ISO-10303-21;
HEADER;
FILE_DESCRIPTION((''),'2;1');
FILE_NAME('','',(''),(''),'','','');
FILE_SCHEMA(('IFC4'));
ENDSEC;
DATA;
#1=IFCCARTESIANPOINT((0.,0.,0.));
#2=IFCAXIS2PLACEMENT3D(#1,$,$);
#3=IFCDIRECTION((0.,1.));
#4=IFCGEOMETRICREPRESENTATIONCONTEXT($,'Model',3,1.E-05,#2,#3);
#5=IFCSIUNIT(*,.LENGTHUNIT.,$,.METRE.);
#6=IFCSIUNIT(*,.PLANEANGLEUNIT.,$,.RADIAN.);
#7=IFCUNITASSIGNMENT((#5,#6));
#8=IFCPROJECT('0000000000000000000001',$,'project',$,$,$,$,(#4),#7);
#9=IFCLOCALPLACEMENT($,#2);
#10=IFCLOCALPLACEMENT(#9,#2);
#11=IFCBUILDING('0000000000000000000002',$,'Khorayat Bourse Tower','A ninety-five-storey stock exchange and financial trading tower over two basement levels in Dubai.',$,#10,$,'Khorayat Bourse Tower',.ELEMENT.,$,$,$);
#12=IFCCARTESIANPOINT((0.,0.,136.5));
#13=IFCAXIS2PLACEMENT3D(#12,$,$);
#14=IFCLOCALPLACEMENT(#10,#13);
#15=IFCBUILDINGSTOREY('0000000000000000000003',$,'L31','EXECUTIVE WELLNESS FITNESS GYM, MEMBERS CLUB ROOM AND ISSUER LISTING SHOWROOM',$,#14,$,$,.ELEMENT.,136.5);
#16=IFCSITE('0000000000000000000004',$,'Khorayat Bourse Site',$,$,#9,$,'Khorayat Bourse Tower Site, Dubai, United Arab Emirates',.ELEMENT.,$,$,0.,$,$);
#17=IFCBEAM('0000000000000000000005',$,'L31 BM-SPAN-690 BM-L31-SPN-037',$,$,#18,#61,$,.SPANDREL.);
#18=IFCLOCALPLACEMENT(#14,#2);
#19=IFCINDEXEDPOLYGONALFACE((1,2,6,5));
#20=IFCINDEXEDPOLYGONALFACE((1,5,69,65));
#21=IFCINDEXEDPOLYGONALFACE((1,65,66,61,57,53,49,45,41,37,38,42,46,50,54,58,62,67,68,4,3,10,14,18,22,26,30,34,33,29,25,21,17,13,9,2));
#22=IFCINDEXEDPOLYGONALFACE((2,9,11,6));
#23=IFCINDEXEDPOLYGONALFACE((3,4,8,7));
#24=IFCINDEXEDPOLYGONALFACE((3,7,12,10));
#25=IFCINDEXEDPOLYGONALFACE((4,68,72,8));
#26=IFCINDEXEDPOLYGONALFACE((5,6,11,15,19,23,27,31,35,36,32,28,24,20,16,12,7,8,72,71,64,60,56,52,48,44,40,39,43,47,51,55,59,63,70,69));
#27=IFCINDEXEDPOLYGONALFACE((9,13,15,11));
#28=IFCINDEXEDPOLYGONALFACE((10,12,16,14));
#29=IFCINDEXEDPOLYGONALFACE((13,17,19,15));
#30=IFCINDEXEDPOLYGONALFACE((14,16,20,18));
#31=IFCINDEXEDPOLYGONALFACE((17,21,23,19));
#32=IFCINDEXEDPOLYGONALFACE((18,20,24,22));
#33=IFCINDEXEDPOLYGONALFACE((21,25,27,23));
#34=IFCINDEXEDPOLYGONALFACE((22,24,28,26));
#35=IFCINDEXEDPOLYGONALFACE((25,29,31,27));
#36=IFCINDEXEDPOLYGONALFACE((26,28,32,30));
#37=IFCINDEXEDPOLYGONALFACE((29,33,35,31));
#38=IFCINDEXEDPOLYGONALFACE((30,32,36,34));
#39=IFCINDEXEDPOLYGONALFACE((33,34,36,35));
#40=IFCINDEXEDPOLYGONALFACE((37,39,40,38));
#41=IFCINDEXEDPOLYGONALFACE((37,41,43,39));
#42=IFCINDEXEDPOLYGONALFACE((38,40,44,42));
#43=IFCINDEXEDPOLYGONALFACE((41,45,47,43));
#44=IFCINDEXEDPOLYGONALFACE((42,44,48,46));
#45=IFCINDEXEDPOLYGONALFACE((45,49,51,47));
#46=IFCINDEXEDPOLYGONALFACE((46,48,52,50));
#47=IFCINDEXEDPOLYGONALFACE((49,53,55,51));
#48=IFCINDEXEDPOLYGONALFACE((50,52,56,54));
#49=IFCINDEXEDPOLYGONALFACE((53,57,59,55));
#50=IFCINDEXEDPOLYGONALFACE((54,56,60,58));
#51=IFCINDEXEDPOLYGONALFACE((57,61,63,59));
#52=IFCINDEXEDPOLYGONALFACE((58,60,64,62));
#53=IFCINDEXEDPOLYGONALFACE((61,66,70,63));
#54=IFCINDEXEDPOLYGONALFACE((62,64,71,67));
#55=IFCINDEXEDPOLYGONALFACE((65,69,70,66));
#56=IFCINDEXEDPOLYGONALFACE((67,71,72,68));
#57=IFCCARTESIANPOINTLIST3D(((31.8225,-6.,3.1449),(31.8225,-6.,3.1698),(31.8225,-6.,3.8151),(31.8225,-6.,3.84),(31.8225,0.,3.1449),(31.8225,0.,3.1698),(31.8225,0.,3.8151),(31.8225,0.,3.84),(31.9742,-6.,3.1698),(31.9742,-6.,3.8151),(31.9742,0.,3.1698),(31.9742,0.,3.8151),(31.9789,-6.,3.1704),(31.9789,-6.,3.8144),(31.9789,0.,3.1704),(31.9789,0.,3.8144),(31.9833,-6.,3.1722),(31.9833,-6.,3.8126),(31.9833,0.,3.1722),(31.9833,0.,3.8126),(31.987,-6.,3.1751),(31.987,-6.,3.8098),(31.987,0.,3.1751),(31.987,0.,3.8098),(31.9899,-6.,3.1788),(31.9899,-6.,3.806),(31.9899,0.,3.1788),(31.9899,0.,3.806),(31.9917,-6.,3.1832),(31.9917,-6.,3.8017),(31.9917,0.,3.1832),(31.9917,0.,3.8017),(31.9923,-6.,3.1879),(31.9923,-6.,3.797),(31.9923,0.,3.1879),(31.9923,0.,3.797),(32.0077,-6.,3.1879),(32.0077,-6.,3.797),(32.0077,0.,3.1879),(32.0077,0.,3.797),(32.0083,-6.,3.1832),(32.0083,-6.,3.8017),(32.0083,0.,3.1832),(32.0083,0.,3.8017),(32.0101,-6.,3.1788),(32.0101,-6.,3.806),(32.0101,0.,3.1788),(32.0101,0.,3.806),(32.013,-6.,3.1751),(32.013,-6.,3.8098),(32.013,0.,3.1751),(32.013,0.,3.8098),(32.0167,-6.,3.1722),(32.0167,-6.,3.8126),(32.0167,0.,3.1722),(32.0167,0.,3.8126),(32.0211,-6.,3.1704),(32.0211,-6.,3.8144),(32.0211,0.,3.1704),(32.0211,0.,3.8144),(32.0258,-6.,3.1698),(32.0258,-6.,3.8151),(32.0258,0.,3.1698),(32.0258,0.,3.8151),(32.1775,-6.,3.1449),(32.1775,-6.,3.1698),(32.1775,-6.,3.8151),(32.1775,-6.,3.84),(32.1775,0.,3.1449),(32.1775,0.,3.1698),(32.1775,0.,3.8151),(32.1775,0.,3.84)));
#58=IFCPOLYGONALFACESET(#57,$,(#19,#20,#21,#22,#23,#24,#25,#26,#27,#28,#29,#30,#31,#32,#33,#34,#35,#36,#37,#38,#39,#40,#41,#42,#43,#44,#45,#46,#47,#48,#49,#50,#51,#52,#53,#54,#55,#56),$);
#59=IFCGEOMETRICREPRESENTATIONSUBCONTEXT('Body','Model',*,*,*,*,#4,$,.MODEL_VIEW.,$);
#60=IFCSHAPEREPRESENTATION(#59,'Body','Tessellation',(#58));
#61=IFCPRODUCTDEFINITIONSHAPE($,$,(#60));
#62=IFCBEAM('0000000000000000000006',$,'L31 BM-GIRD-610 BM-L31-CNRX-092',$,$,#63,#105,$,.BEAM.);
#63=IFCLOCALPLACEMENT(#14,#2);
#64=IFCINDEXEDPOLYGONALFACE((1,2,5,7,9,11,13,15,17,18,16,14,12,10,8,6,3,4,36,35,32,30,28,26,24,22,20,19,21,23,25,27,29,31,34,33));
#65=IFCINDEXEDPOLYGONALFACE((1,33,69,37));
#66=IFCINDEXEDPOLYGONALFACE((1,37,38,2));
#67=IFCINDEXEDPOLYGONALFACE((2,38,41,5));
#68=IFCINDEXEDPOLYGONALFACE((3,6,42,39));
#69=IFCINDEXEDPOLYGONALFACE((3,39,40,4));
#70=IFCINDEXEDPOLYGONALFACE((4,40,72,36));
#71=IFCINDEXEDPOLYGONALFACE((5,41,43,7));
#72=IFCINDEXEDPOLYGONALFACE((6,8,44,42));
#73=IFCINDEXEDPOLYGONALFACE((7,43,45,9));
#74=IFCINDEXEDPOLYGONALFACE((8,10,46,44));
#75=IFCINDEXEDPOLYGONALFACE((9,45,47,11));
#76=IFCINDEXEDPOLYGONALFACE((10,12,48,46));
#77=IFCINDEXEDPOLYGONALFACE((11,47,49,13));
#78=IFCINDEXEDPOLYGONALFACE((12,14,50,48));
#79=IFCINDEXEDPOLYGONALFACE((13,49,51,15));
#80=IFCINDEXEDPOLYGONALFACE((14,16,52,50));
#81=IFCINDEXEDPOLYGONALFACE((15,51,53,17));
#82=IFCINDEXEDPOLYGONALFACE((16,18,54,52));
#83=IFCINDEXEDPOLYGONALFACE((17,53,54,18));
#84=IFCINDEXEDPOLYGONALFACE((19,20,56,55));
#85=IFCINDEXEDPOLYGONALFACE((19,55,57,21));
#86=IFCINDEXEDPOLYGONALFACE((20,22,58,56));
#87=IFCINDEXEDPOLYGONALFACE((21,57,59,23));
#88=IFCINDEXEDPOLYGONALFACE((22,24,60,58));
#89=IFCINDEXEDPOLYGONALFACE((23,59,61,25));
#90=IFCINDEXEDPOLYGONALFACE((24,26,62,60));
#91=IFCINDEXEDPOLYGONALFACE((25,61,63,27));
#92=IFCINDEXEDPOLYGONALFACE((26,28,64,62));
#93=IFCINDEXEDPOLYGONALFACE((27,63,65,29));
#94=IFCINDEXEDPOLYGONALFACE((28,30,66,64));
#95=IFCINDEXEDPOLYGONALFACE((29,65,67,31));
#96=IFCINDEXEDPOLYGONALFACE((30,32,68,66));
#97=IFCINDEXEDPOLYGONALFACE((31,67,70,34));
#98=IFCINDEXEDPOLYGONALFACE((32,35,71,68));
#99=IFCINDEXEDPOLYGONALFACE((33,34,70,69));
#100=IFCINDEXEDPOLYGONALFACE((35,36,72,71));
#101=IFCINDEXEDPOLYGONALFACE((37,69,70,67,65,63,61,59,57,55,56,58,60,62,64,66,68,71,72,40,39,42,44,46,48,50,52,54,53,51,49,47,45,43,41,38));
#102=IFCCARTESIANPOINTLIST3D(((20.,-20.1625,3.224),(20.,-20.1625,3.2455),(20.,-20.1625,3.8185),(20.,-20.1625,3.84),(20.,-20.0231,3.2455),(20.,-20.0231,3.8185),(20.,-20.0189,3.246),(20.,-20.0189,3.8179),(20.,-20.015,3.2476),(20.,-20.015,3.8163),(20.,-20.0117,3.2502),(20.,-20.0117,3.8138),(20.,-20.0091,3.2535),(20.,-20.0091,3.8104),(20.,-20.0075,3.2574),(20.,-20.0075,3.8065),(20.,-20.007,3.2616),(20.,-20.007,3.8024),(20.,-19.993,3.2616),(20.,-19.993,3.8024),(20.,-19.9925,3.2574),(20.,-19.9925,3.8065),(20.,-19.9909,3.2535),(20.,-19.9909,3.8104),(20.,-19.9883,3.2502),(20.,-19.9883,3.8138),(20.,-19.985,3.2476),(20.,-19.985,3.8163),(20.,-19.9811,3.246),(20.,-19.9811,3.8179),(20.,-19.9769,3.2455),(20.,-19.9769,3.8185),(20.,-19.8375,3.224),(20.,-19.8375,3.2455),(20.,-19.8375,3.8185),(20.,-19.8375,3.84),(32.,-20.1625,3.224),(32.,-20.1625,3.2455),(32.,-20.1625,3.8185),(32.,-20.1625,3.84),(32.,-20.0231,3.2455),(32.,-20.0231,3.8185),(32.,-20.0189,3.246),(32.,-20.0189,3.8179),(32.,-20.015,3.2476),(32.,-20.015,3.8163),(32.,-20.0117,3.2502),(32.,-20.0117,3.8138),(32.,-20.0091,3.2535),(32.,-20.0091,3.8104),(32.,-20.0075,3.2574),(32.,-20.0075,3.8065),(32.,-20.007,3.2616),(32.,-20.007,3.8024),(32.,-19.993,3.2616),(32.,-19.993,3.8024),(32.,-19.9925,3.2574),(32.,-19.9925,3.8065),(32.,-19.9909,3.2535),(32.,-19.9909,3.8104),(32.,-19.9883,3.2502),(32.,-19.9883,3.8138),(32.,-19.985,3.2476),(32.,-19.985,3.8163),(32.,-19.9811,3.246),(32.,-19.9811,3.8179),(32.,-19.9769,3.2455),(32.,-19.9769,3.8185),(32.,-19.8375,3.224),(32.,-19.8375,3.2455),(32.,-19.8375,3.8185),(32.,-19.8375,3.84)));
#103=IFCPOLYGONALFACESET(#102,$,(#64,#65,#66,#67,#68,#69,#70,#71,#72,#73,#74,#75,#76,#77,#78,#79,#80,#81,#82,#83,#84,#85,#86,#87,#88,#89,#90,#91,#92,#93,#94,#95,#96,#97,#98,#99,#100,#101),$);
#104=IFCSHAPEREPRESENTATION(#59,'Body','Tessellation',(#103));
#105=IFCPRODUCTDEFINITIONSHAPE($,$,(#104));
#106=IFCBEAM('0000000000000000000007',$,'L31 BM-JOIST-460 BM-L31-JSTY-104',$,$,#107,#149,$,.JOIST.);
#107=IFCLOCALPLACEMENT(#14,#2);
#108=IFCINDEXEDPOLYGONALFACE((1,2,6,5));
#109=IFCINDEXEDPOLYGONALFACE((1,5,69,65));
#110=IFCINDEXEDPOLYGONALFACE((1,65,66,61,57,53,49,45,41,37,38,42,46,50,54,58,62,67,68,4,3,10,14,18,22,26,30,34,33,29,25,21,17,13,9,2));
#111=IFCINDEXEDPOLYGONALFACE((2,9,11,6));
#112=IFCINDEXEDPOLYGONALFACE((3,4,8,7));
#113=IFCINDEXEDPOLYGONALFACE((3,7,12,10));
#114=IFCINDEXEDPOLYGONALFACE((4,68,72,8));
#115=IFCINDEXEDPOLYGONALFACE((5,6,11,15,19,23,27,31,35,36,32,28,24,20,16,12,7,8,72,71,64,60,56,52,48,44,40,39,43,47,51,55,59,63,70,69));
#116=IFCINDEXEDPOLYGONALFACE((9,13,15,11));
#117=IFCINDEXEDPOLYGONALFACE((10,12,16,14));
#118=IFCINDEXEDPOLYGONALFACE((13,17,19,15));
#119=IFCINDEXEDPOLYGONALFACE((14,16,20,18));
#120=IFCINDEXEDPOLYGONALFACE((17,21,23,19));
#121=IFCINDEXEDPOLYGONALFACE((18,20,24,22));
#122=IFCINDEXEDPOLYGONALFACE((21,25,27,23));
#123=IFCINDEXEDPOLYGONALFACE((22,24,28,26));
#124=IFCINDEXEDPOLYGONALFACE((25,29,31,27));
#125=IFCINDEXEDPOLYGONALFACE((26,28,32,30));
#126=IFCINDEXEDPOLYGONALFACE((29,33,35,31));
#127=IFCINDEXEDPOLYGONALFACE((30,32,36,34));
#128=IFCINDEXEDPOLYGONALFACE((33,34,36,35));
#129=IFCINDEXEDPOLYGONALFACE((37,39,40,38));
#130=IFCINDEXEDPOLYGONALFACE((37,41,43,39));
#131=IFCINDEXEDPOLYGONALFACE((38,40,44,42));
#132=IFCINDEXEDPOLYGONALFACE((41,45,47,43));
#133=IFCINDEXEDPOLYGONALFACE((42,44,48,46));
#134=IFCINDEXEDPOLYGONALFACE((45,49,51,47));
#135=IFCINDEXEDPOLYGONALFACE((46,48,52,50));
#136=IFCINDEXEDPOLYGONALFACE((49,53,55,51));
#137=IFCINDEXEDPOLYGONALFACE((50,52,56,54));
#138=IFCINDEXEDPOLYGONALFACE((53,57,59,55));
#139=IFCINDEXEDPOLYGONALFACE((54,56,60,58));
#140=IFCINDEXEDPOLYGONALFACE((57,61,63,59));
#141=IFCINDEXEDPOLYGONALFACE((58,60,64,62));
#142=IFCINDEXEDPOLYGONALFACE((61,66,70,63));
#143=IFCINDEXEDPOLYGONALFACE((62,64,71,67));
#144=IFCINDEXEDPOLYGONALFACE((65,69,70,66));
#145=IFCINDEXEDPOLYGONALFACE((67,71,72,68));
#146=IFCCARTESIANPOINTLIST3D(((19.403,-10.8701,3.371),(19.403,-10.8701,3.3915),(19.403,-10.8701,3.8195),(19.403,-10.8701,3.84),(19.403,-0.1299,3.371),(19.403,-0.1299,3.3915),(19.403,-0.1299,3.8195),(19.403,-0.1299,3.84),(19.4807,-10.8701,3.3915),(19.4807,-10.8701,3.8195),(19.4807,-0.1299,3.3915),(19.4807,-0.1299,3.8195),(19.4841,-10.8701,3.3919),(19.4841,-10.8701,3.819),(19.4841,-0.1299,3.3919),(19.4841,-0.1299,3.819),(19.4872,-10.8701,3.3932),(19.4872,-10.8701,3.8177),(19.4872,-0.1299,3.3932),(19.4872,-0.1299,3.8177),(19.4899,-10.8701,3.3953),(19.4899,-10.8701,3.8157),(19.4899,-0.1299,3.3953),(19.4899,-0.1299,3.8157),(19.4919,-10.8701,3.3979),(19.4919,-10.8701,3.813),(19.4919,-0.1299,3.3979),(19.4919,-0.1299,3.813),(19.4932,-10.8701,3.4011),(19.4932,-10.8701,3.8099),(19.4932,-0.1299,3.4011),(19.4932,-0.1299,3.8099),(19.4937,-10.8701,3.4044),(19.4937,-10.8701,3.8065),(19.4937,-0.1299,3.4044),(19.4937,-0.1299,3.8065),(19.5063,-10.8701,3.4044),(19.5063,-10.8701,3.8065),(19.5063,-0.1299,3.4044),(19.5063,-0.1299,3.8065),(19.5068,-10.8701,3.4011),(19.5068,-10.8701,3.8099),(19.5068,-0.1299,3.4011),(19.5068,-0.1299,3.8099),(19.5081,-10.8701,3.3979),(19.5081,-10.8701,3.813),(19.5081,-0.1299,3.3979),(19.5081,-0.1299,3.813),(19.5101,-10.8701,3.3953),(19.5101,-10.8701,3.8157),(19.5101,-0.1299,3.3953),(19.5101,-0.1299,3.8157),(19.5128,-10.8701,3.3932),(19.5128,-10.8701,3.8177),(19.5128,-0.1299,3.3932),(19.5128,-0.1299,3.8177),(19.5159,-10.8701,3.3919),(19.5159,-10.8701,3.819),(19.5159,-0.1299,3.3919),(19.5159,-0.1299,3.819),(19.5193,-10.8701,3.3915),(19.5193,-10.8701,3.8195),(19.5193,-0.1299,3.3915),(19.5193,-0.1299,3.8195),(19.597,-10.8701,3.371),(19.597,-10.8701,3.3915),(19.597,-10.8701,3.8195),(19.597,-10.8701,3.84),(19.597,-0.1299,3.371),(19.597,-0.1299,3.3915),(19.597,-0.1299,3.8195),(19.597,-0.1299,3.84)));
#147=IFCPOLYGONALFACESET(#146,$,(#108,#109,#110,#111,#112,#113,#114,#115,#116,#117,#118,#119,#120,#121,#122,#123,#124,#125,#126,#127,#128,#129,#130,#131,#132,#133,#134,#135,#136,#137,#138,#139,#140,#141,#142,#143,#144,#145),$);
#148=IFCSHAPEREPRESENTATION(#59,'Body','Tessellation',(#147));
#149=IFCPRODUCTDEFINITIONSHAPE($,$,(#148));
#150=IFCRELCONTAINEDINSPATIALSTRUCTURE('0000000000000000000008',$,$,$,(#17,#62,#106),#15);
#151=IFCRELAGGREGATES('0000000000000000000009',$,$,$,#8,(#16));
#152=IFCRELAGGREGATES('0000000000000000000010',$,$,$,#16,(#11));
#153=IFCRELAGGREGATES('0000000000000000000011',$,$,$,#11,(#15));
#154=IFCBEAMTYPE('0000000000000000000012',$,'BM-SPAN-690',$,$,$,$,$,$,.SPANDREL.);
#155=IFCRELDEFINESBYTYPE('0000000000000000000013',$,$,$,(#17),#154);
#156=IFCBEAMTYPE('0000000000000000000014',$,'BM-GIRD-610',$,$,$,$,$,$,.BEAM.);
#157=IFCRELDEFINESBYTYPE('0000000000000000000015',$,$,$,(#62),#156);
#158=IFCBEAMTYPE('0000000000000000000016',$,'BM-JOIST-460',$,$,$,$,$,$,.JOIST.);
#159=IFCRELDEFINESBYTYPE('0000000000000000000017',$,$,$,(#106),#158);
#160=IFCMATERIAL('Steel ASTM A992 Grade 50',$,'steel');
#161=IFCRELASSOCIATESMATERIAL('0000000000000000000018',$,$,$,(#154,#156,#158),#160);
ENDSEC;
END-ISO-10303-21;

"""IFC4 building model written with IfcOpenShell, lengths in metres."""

from ifc_helpers import new_model, si_unit, direction, frame, origin, origin_2d, place, context, subcontext, project, spatial, i_section, extrude, source, transform, mapped, material, material_profile, profile_set, type_object, element, save


model = new_model("IFC4")

# Units and contexts
model_context = context("Model", 3, precision=1e-05, world=origin(), true_north=direction((0.0, 1.0)))
body_context = subcontext(model_context, "Body", "Model", "MODEL_VIEW")
ifc_project = project(units=[si_unit("LENGTHUNIT", "METRE"), si_unit("PLANEANGLEUNIT", "RADIAN")], contexts=[model_context])

# Site, building, storey
site_placement = place(None, origin())
site = spatial("IfcSite", under=ifc_project, at=site_placement, Name="Khorayat Bourse Site", LongName="Khorayat Bourse Tower Site, Dubai, United Arab Emirates", CompositionType="ELEMENT", RefElevation=0.0)
building_placement = place(site_placement, origin())
building = spatial("IfcBuilding", under=site, at=building_placement, Name="Khorayat Bourse Tower", Description="A ninety-five-storey stock exchange and financial trading tower over two basement levels in Dubai.", LongName="Khorayat Bourse Tower", CompositionType="ELEMENT")
storey_placement = place(building_placement, frame((0.0, 0.0, 136.5)))
storey = spatial("IfcBuildingStorey", under=building, at=storey_placement, Name="L31", Description="EXECUTIVE WELLNESS FITNESS GYM, MEMBERS CLUB ROOM AND ISSUER LISTING SHOWROOM", CompositionType="ELEMENT", Elevation=136.5)

# Beams
ifc_material_1 = material(Name="Steel ASTM A992 Grade 50", Category="steel")
ifc_material_profile_1 = material_profile(ifc_material_1, i_section(OverallWidth=0.355, OverallDepth=0.6951, WebThickness=0.0154, FlangeThickness=0.0249, FilletRadius=0.0181, at=origin_2d()), Name="W690X217")
ifc_profile_set_1 = profile_set([ifc_material_profile_1], Name="Steel ASTM A992 Grade 50")
beam_type_1 = type_object("IfcBeamType", Name="BM-SPAN-690", PredefinedType="SPANDREL", material=ifc_profile_set_1)
shared_shape_1 = source(origin(), body_context, "Body", "SweptSolid", [
    extrude(i_section(OverallWidth=0.355, OverallDepth=0.6951, WebThickness=0.0154, FlangeThickness=0.0249, FilletRadius=0.0181, at=origin_2d()), origin(), (0.0, 0.0, 1.0), 6.0),
])
beam_1_placement = place(storey_placement, frame((32.0, -6.0, 3.4924), z_axis=(0.0, 1.0, 0.0), x_axis=(-1.0, 0.0, 0.0)))
element("IfcBeam", 1, at=beam_1_placement, inside=storey, type_object=beam_type_1, Name="L31 BM-SPAN-690 BM-L31-SPN-037", PredefinedType="SPANDREL", context=body_context, shape_type="MappedRepresentation", body=[
    mapped(shared_shape_1, transform((0.0, 0.0, 0.0), scale=1.0)),
])
ifc_material_profile_2 = material_profile(ifc_material_1, i_section(OverallWidth=0.325, OverallDepth=0.616, WebThickness=0.0139, FlangeThickness=0.0215, FilletRadius=0.0161, at=origin_2d()), Name="W610X174")
ifc_profile_set_2 = profile_set([ifc_material_profile_2], Name="Steel ASTM A992 Grade 50")
beam_type_2 = type_object("IfcBeamType", Name="BM-GIRD-610", PredefinedType="BEAM", material=ifc_profile_set_2)
shared_shape_2 = source(origin(), body_context, "Body", "SweptSolid", [
    extrude(i_section(OverallWidth=0.325, OverallDepth=0.616, WebThickness=0.0139, FlangeThickness=0.0215, FilletRadius=0.0161, at=origin_2d()), origin(), (0.0, 0.0, 1.0), 12.0),
])
beam_2_placement = place(storey_placement, frame((20.0, -20.0, 3.532), z_axis=(1.0, 0.0, 0.0), x_axis=(0.0, 1.0, 0.0)))
element("IfcBeam", 2, at=beam_2_placement, inside=storey, type_object=beam_type_2, Name="L31 BM-GIRD-610 BM-L31-CNRX-092", PredefinedType="BEAM", context=body_context, shape_type="MappedRepresentation", body=[
    mapped(shared_shape_2, transform((0.0, 0.0, 0.0), scale=1.0)),
])
ifc_material_profile_3 = material_profile(ifc_material_1, i_section(OverallWidth=0.1941, OverallDepth=0.469, WebThickness=0.0127, FlangeThickness=0.0205, FilletRadius=0.0129, at=origin_2d()), Name="W460X106")
ifc_profile_set_3 = profile_set([ifc_material_profile_3], Name="Steel ASTM A992 Grade 50")
beam_type_3 = type_object("IfcBeamType", Name="BM-JOIST-460", PredefinedType="JOIST", material=ifc_profile_set_3)
shared_shape_3 = source(origin(), body_context, "Body", "SweptSolid", [
    extrude(i_section(OverallWidth=0.1941, OverallDepth=0.469, WebThickness=0.0127, FlangeThickness=0.0205, FilletRadius=0.0129, at=origin_2d()), origin(), (0.0, 0.0, 1.0), 10.7402),
])
beam_3_placement = place(storey_placement, frame((19.5, -10.8701, 3.6055), z_axis=(0.0, 1.0, 0.0), x_axis=(-1.0, 0.0, 0.0)))
element("IfcBeam", 3, at=beam_3_placement, inside=storey, type_object=beam_type_3, Name="L31 BM-JOIST-460 BM-L31-JSTY-104", PredefinedType="JOIST", context=body_context, shape_type="MappedRepresentation", body=[
    mapped(shared_shape_3, transform((0.0, 0.0, 0.0), scale=1.0)),
])

save(model, "model.ifc")
